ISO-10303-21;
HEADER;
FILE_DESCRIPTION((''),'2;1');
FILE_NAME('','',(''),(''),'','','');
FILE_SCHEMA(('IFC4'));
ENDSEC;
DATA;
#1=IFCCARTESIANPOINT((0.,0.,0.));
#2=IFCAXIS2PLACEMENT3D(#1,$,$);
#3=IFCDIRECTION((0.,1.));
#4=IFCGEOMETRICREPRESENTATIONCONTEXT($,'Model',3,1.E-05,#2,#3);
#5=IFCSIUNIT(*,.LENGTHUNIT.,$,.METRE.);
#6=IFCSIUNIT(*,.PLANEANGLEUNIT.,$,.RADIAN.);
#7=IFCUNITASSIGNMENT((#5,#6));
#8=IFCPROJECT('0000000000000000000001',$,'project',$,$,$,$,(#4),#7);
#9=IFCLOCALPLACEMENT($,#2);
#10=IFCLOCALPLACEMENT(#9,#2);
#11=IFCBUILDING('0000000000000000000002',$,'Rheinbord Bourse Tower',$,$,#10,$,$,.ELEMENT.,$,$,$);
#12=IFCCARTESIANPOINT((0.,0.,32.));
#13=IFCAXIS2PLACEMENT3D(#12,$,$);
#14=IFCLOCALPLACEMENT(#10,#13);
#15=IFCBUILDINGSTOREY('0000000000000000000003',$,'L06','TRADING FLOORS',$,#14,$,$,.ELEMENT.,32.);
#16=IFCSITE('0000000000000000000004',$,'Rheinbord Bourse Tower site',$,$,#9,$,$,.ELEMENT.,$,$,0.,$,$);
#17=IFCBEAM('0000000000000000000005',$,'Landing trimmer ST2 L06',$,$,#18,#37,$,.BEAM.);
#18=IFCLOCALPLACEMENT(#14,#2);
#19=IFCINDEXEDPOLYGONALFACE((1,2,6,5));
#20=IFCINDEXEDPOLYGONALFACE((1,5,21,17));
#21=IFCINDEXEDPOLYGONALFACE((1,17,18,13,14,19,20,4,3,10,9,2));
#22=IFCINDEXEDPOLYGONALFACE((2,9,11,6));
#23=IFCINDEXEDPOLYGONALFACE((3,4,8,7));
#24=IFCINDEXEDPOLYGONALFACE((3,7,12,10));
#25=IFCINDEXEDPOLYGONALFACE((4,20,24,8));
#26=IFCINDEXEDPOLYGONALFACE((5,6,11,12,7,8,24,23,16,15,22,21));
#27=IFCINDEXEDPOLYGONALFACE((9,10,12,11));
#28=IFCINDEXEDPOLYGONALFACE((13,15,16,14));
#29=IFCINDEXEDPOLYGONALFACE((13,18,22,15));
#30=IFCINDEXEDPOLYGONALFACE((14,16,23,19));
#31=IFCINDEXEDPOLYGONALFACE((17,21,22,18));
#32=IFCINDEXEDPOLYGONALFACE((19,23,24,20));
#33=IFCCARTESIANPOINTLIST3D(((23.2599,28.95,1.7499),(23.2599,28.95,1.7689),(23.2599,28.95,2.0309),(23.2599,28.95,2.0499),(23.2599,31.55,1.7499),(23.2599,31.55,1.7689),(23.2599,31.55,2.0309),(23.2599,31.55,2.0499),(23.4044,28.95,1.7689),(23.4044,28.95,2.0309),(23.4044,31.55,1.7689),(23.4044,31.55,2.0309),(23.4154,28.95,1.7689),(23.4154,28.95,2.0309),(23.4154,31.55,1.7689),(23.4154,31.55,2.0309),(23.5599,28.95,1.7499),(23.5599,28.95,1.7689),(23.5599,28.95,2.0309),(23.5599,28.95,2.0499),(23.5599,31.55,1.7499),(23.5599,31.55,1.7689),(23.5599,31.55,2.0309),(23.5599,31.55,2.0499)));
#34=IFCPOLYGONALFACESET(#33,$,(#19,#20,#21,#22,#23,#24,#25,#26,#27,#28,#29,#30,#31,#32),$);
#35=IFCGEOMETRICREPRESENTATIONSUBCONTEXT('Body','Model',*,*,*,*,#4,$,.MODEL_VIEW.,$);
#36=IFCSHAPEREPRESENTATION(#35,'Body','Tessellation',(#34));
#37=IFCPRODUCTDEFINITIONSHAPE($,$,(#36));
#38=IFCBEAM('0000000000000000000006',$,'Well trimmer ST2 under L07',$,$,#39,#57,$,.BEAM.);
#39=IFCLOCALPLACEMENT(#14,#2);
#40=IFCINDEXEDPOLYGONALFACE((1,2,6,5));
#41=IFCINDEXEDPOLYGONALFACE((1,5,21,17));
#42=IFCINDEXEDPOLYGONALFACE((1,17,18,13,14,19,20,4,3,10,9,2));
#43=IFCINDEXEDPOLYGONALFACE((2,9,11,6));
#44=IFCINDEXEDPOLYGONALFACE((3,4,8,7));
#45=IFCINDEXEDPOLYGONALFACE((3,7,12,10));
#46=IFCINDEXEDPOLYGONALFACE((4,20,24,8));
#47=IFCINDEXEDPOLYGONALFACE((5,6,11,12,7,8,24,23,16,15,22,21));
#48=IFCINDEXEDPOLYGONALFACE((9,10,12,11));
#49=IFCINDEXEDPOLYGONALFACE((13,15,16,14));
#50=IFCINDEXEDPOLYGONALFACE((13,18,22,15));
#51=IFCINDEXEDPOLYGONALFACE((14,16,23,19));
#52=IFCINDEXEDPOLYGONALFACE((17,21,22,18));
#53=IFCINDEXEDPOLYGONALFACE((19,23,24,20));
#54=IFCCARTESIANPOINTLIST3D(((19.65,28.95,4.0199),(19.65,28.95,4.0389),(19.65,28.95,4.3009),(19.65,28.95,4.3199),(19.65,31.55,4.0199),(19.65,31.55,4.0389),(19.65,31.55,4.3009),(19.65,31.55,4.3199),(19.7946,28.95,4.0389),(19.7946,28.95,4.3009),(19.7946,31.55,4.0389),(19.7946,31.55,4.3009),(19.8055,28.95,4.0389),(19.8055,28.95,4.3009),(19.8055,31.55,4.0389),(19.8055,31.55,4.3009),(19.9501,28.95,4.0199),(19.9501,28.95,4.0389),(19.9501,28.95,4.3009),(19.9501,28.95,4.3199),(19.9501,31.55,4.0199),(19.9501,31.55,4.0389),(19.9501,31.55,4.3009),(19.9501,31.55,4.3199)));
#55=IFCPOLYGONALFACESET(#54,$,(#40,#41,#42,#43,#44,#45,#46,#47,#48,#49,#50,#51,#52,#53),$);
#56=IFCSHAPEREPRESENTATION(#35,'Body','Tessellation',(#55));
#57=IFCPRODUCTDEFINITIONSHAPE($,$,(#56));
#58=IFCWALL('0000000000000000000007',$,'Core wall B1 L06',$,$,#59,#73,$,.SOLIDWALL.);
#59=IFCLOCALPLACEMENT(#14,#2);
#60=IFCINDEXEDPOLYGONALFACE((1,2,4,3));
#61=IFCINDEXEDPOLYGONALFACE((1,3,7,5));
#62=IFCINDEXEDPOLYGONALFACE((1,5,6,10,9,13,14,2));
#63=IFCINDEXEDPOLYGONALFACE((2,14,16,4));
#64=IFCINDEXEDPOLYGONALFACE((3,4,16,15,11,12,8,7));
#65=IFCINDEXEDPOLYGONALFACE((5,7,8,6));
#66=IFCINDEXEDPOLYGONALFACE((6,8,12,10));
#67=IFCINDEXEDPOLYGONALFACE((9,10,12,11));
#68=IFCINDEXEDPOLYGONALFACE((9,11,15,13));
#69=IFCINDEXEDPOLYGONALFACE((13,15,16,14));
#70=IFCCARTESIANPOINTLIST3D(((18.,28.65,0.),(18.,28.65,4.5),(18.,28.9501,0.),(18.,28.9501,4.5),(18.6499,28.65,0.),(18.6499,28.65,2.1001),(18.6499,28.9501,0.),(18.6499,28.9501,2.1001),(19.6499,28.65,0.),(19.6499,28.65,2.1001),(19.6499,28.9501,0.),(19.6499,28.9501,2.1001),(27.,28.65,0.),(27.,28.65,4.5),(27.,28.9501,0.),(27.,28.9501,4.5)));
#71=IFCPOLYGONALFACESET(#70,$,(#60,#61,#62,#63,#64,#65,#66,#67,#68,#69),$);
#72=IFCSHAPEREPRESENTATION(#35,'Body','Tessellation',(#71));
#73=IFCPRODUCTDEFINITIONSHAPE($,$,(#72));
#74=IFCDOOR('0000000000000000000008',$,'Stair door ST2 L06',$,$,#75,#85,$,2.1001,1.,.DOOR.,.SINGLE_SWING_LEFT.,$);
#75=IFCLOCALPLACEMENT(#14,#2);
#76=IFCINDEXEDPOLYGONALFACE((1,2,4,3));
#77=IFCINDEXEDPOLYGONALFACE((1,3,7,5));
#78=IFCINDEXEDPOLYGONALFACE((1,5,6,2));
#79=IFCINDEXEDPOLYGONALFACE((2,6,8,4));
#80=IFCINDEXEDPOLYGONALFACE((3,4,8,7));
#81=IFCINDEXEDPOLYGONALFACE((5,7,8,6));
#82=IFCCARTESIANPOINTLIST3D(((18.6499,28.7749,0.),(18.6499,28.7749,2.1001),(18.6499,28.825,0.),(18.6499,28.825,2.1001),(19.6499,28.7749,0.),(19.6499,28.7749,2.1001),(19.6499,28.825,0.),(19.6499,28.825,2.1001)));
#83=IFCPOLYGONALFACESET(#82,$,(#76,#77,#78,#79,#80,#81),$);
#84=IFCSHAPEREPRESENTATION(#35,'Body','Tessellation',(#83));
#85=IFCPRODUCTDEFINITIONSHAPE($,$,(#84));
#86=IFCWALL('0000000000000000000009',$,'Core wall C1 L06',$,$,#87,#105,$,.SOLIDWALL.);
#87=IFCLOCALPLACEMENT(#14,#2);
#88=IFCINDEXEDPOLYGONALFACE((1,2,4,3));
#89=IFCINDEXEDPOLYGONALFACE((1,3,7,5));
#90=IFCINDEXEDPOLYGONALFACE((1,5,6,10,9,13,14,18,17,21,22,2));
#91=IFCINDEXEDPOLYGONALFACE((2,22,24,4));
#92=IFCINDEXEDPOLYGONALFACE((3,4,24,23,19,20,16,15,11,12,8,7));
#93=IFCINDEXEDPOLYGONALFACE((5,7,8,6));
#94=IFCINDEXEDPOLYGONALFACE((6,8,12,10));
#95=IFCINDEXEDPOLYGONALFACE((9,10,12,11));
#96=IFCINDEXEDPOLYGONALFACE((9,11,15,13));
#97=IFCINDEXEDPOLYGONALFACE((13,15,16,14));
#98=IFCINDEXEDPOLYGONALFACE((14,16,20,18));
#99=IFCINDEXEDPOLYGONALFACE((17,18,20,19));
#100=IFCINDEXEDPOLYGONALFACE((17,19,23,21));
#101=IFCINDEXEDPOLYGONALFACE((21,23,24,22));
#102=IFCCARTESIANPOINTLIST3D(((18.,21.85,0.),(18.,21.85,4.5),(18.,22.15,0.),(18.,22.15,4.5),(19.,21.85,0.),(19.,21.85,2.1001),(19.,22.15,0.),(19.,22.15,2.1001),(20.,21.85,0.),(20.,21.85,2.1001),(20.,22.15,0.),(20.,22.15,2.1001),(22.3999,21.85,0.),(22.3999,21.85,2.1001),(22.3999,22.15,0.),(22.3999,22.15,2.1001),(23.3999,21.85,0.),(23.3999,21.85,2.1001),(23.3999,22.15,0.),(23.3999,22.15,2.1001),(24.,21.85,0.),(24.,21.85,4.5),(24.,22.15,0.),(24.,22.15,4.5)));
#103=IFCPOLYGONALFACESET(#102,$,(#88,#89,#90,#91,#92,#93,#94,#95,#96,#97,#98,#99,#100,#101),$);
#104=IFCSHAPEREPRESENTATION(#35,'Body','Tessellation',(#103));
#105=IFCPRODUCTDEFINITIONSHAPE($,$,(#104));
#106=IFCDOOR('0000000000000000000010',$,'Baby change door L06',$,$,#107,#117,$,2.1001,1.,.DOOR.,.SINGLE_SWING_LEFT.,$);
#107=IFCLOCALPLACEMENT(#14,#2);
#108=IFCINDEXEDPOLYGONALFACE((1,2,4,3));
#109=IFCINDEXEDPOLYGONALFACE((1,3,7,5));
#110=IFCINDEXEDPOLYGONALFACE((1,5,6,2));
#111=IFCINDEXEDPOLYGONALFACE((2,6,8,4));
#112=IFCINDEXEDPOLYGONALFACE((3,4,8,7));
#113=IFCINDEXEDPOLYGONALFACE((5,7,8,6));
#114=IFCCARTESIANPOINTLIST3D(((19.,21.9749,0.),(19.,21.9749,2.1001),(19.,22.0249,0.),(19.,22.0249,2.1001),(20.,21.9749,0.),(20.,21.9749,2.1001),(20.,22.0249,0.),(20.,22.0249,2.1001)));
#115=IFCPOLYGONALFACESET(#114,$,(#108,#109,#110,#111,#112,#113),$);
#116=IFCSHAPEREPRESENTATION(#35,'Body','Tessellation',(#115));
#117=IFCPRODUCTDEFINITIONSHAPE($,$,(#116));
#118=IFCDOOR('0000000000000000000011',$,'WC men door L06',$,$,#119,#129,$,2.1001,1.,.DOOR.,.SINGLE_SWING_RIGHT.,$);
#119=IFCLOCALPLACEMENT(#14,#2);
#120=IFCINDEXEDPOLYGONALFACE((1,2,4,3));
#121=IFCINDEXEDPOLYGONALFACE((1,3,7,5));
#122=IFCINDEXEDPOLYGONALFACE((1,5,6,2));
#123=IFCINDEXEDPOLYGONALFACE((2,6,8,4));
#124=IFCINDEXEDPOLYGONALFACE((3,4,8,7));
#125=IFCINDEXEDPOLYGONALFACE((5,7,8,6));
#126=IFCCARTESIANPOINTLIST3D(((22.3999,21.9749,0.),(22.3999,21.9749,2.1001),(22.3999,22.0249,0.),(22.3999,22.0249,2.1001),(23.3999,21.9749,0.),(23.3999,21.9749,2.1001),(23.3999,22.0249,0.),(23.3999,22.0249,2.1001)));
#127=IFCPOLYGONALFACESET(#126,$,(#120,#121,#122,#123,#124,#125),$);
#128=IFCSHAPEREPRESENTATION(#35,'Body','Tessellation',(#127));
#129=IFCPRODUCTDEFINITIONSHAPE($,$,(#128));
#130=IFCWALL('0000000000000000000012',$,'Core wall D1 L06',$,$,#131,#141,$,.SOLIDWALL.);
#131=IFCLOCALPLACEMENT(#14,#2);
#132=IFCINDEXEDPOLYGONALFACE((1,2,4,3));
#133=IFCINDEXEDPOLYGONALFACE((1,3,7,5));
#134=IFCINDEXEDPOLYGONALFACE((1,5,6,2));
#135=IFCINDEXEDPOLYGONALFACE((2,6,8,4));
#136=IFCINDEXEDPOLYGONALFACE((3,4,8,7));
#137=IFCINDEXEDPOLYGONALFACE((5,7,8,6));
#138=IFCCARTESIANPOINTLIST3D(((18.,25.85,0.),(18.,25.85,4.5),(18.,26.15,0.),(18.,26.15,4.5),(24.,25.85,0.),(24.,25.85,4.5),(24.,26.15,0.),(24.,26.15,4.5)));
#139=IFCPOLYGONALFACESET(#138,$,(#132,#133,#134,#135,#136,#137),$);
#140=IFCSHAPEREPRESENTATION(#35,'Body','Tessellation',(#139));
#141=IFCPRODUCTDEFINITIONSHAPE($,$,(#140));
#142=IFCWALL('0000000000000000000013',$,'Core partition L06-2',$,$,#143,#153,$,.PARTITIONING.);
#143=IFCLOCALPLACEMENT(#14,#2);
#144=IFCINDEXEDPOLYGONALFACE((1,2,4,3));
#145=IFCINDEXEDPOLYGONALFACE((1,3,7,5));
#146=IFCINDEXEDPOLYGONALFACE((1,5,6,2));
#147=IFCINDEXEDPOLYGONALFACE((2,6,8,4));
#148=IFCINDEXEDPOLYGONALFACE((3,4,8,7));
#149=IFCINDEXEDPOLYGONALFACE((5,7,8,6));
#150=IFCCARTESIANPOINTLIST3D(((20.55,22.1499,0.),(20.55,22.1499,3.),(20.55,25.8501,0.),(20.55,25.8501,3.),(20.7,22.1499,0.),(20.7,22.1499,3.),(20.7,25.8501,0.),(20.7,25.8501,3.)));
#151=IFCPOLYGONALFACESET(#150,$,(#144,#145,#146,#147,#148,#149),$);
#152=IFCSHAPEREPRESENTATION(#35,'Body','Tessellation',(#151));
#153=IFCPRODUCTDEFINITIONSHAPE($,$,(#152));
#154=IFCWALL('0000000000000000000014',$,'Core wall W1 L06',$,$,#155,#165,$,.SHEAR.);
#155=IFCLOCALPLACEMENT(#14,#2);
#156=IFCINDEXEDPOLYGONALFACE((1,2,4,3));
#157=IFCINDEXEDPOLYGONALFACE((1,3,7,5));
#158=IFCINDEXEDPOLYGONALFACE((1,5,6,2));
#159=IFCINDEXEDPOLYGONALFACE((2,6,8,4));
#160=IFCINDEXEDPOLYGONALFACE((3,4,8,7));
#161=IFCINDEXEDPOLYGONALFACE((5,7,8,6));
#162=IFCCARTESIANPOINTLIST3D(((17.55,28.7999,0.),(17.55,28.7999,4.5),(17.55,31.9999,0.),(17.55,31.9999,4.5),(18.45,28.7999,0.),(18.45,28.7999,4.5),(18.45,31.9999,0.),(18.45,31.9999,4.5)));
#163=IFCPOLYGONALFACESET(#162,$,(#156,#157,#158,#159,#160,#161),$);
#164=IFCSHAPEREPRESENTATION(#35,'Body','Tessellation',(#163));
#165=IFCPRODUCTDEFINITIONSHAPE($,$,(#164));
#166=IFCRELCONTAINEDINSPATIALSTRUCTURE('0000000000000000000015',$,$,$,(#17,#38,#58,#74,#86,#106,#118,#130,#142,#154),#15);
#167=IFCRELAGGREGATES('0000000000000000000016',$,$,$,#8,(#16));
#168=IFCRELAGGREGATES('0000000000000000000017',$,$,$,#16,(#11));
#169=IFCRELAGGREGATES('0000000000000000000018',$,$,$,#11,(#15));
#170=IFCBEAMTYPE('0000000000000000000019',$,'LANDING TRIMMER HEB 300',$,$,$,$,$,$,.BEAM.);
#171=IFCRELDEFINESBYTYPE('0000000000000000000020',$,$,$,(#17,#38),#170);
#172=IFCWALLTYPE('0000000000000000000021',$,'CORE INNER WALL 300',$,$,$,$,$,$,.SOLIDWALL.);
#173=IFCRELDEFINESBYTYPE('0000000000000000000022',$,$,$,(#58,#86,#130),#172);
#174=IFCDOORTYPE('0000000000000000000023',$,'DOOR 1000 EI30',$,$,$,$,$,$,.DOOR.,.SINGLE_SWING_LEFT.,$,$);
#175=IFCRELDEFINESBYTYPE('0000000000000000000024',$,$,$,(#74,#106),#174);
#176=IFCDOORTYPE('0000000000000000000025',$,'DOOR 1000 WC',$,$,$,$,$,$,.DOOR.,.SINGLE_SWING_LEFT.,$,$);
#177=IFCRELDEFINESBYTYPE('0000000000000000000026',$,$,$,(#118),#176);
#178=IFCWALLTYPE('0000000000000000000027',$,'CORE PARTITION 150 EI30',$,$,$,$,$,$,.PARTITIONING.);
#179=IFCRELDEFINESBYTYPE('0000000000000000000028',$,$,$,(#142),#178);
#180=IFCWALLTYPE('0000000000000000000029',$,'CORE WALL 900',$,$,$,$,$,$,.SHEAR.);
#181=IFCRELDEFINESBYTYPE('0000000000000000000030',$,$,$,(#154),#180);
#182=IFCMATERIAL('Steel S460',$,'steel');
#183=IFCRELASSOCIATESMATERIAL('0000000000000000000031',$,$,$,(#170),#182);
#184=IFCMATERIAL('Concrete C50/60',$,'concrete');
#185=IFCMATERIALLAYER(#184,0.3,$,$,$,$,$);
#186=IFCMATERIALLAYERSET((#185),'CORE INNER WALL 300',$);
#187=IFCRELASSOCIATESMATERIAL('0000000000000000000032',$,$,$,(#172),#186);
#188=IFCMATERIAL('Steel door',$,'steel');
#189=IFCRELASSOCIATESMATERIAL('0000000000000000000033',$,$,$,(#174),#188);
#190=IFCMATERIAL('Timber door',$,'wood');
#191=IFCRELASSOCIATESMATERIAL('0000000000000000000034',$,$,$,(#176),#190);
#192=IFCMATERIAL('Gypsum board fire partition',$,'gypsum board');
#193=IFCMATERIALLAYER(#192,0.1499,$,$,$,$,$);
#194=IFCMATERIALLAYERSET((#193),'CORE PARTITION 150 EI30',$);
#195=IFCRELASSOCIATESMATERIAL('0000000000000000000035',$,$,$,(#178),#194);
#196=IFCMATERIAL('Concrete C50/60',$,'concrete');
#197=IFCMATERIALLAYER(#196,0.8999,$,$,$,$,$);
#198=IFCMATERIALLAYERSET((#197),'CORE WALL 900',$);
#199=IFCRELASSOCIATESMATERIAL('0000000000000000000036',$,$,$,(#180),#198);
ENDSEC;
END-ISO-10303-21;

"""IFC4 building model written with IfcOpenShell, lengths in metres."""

from ifc_helpers import new_model, si_unit, direction, frame, frame_2d, origin, origin_2d, place, context, subcontext, project, spatial, rectangle, i_section, extrude, material, layer, layer_set, material_profile, profile_set, type_object, element, fill, save


model = new_model("IFC4")

# Units and contexts
model_context = context("Model", 3, precision=1e-05, world=origin(), true_north=direction((0.0, 1.0)))
body_context = subcontext(model_context, "Body", "Model", "MODEL_VIEW")
ifc_project = project(units=[si_unit("LENGTHUNIT", "METRE"), si_unit("PLANEANGLEUNIT", "RADIAN")], contexts=[model_context])

# Site, building, storey
site_placement = place(None, origin())
site = spatial("IfcSite", under=ifc_project, at=site_placement, Name="Rheinbord Bourse Tower site", CompositionType="ELEMENT", RefElevation=0.0)
building_placement = place(site_placement, origin())
building = spatial("IfcBuilding", under=site, at=building_placement, Name="Rheinbord Bourse Tower", CompositionType="ELEMENT")
storey_placement = place(building_placement, frame((0.0, 0.0, 32.0)))
storey = spatial("IfcBuildingStorey", under=building, at=storey_placement, Name="L06", Description="TRADING FLOORS", CompositionType="ELEMENT", Elevation=32.0)

# Beams
ifc_material_1 = material(Name="Steel S460", Category="steel")
ifc_material_profile = material_profile(ifc_material_1, i_section(OverallWidth=0.3, OverallDepth=0.3, WebThickness=0.011, FlangeThickness=0.019, at=origin_2d()), Name="HEB 300")
ifc_profile_set = profile_set([ifc_material_profile], Name="Steel S460")
beam_type = type_object("IfcBeamType", Name="LANDING TRIMMER HEB 300", PredefinedType="BEAM", material=ifc_profile_set)
for number, where, z_axis, x_axis, name in (
    (1, (23.4099, 28.95, 1.8999), (0.0, 1.0, 0.0), (-1.0, 0.0, 0.0), "Landing trimmer ST2 L06"),
    (2, (19.8, 28.95, 4.1699), (0.0, 1.0, 0.0), (-1.0, 0.0, 0.0), "Well trimmer ST2 under L07"),
):
    element("IfcBeam", number, at=place(storey_placement, frame(where, z_axis=z_axis, x_axis=x_axis)), inside=storey, type_object=beam_type, Name=name, PredefinedType="BEAM", context=body_context, shape_type="SweptSolid", body=[
        extrude(i_section(OverallWidth=0.3, OverallDepth=0.3, WebThickness=0.011, FlangeThickness=0.019, at=origin_2d()), origin(), (0.0, 0.0, 1.0), 2.6001),
    ])

# Wall, opening, door
ifc_material_2 = material(Name="Concrete C50/60", Category="concrete")
ifc_layer_1 = layer(ifc_material_2, 0.3)
ifc_layer_set_1 = layer_set([ifc_layer_1], Name="CORE INNER WALL 300")
wall_type_1 = type_object("IfcWallType", Name="CORE INNER WALL 300", PredefinedType="SOLIDWALL", material=ifc_layer_set_1)
wall_1_placement = place(storey_placement, frame((18.0, 28.8, 0.0), z_axis=(0.0, 0.0, 1.0), x_axis=(1.0, 0.0, 0.0)))
wall_1 = element("IfcWall", 3, at=wall_1_placement, inside=storey, type_object=wall_type_1, Name="Core wall B1 L06", PredefinedType="SOLIDWALL", context=body_context, shape_type="SweptSolid", body=[
    extrude(rectangle(XDim=9.0, YDim=0.3, at=frame_2d((4.5, 0.0))), origin(), (0.0, 0.0, 1.0), 4.5),
])
opening_1_placement = place(wall_1_placement, frame((0.6499, 0.0, 0.0)))
opening_1 = element("IfcOpeningElement", 4, at=opening_1_placement, cuts=wall_1, PredefinedType="OPENING", context=body_context, shape_type="SweptSolid", body=[
    extrude(rectangle(XDim=1.0, YDim=2.1001, at=frame_2d((0.5, 1.05))), frame((0.0, 0.1599, 0.0), z_axis=(0.0, -1.0, 0.0), x_axis=(1.0, 0.0, 0.0)), (0.0, 0.0, 1.0), 0.3201),
])
ifc_material_3 = material(Name="Steel door", Category="steel")
door_type_1 = type_object("IfcDoorType", Name="DOOR 1000 EI30", OperationType="SINGLE_SWING_LEFT", PredefinedType="DOOR", material=ifc_material_3)
door_1_placement = place(opening_1_placement, origin())
door_1 = element("IfcDoor", 5, at=door_1_placement, inside=storey, type_object=door_type_1, Name="Stair door ST2 L06", OperationType="SINGLE_SWING_LEFT", OverallHeight=2.1001, OverallWidth=1.0, PredefinedType="DOOR", context=body_context, shape_type="SweptSolid", body=[
    extrude(rectangle(XDim=1.0, YDim=2.1001, at=frame_2d((0.5, 1.05))), frame((0.0, 0.0249, 0.0), z_axis=(0.0, -1.0, 0.0), x_axis=(1.0, 0.0, 0.0)), (0.0, 0.0, 1.0), 0.05),
])
fill(opening_1, door_1)

# Wall, openings, doors
wall_2_placement = place(storey_placement, frame((18.0, 22.0, 0.0), z_axis=(0.0, 0.0, 1.0), x_axis=(1.0, 0.0, 0.0)))
wall_2 = element("IfcWall", 6, at=wall_2_placement, inside=storey, type_object=wall_type_1, Name="Core wall C1 L06", PredefinedType="SOLIDWALL", context=body_context, shape_type="SweptSolid", body=[
    extrude(rectangle(XDim=6.0, YDim=0.3, at=frame_2d((3.0, 0.0))), origin(), (0.0, 0.0, 1.0), 4.5),
])
opening_2_placement = place(wall_2_placement, frame((4.3999, 0.0, 0.0)))
opening_2 = element("IfcOpeningElement", 7, at=opening_2_placement, cuts=wall_2, PredefinedType="OPENING", context=body_context, shape_type="SweptSolid", body=[
    extrude(rectangle(XDim=1.0, YDim=2.1001, at=frame_2d((0.5, 1.05))), frame((0.0, 0.1599, 0.0), z_axis=(0.0, -1.0, 0.0), x_axis=(1.0, 0.0, 0.0)), (0.0, 0.0, 1.0), 0.3201),
])
opening_3_placement = place(wall_2_placement, frame((1.0, 0.0, 0.0)))
opening_3 = element("IfcOpeningElement", 8, at=opening_3_placement, cuts=wall_2, PredefinedType="OPENING", context=body_context, shape_type="SweptSolid", body=[
    extrude(rectangle(XDim=1.0, YDim=2.1001, at=frame_2d((0.5, 1.05))), frame((0.0, 0.1599, 0.0), z_axis=(0.0, -1.0, 0.0), x_axis=(1.0, 0.0, 0.0)), (0.0, 0.0, 1.0), 0.3201),
])
door_2_placement = place(opening_3_placement, origin())
door_2 = element("IfcDoor", 9, at=door_2_placement, inside=storey, type_object=door_type_1, Name="Baby change door L06", OperationType="SINGLE_SWING_LEFT", OverallHeight=2.1001, OverallWidth=1.0, PredefinedType="DOOR", context=body_context, shape_type="SweptSolid", body=[
    extrude(rectangle(XDim=1.0, YDim=2.1001, at=frame_2d((0.5, 1.05))), frame((0.0, 0.0249, 0.0), z_axis=(0.0, -1.0, 0.0), x_axis=(1.0, 0.0, 0.0)), (0.0, 0.0, 1.0), 0.05),
])
fill(opening_3, door_2)
ifc_material_4 = material(Name="Timber door", Category="wood")
door_type_2 = type_object("IfcDoorType", Name="DOOR 1000 WC", OperationType="SINGLE_SWING_LEFT", PredefinedType="DOOR", material=ifc_material_4)
door_3_placement = place(opening_2_placement, origin())
door_3 = element("IfcDoor", 10, at=door_3_placement, inside=storey, type_object=door_type_2, Name="WC men door L06", OperationType="SINGLE_SWING_RIGHT", OverallHeight=2.1001, OverallWidth=1.0, PredefinedType="DOOR", context=body_context, shape_type="SweptSolid", body=[
    extrude(rectangle(XDim=1.0, YDim=2.1001, at=frame_2d((0.5, 1.05))), frame((0.0, 0.0249, 0.0), z_axis=(0.0, -1.0, 0.0), x_axis=(1.0, 0.0, 0.0)), (0.0, 0.0, 1.0), 0.05),
])
fill(opening_2, door_3)

# Walls
wall_3_placement = place(storey_placement, frame((18.0, 26.0, 0.0), z_axis=(0.0, 0.0, 1.0), x_axis=(1.0, 0.0, 0.0)))
element("IfcWall", 11, at=wall_3_placement, inside=storey, type_object=wall_type_1, Name="Core wall D1 L06", PredefinedType="SOLIDWALL", context=body_context, shape_type="SweptSolid", body=[
    extrude(rectangle(XDim=6.0, YDim=0.3, at=frame_2d((3.0, 0.0))), origin(), (0.0, 0.0, 1.0), 4.5),
])
ifc_material_5 = material(Name="Gypsum board fire partition", Category="gypsum board")
ifc_layer_2 = layer(ifc_material_5, 0.1499)
ifc_layer_set_2 = layer_set([ifc_layer_2], Name="CORE PARTITION 150 EI30")
wall_type_2 = type_object("IfcWallType", Name="CORE PARTITION 150 EI30", PredefinedType="PARTITIONING", material=ifc_layer_set_2)
wall_4_placement = place(storey_placement, frame((20.625, 22.1499, 0.0), z_axis=(0.0, 0.0, 1.0), x_axis=(0.0, 1.0, 0.0)))
element("IfcWall", 12, at=wall_4_placement, inside=storey, type_object=wall_type_2, Name="Core partition L06-2", PredefinedType="PARTITIONING", context=body_context, shape_type="SweptSolid", body=[
    extrude(rectangle(XDim=3.7002, YDim=0.1499, at=frame_2d((1.8501, 0.0))), origin(), (0.0, 0.0, 1.0), 3.0),
])
ifc_material_6 = material(Name="Concrete C50/60", Category="concrete")
ifc_layer_3 = layer(ifc_material_6, 0.8999)
ifc_layer_set_3 = layer_set([ifc_layer_3], Name="CORE WALL 900")
wall_type_3 = type_object("IfcWallType", Name="CORE WALL 900", PredefinedType="SHEAR", material=ifc_layer_set_3)
wall_5_placement = place(storey_placement, frame((18.0, 32.0, 0.0), z_axis=(0.0, 0.0, 1.0), x_axis=(0.0, -1.0, 0.0)))
element("IfcWall", 13, at=wall_5_placement, inside=storey, type_object=wall_type_3, Name="Core wall W1 L06", PredefinedType="SHEAR", context=body_context, shape_type="SweptSolid", body=[
    extrude(rectangle(XDim=3.2, YDim=0.8999, at=frame_2d((1.6001, 0.0))), origin(), (0.0, 0.0, 1.0), 4.5),
])

save(model, "model.ifc")
